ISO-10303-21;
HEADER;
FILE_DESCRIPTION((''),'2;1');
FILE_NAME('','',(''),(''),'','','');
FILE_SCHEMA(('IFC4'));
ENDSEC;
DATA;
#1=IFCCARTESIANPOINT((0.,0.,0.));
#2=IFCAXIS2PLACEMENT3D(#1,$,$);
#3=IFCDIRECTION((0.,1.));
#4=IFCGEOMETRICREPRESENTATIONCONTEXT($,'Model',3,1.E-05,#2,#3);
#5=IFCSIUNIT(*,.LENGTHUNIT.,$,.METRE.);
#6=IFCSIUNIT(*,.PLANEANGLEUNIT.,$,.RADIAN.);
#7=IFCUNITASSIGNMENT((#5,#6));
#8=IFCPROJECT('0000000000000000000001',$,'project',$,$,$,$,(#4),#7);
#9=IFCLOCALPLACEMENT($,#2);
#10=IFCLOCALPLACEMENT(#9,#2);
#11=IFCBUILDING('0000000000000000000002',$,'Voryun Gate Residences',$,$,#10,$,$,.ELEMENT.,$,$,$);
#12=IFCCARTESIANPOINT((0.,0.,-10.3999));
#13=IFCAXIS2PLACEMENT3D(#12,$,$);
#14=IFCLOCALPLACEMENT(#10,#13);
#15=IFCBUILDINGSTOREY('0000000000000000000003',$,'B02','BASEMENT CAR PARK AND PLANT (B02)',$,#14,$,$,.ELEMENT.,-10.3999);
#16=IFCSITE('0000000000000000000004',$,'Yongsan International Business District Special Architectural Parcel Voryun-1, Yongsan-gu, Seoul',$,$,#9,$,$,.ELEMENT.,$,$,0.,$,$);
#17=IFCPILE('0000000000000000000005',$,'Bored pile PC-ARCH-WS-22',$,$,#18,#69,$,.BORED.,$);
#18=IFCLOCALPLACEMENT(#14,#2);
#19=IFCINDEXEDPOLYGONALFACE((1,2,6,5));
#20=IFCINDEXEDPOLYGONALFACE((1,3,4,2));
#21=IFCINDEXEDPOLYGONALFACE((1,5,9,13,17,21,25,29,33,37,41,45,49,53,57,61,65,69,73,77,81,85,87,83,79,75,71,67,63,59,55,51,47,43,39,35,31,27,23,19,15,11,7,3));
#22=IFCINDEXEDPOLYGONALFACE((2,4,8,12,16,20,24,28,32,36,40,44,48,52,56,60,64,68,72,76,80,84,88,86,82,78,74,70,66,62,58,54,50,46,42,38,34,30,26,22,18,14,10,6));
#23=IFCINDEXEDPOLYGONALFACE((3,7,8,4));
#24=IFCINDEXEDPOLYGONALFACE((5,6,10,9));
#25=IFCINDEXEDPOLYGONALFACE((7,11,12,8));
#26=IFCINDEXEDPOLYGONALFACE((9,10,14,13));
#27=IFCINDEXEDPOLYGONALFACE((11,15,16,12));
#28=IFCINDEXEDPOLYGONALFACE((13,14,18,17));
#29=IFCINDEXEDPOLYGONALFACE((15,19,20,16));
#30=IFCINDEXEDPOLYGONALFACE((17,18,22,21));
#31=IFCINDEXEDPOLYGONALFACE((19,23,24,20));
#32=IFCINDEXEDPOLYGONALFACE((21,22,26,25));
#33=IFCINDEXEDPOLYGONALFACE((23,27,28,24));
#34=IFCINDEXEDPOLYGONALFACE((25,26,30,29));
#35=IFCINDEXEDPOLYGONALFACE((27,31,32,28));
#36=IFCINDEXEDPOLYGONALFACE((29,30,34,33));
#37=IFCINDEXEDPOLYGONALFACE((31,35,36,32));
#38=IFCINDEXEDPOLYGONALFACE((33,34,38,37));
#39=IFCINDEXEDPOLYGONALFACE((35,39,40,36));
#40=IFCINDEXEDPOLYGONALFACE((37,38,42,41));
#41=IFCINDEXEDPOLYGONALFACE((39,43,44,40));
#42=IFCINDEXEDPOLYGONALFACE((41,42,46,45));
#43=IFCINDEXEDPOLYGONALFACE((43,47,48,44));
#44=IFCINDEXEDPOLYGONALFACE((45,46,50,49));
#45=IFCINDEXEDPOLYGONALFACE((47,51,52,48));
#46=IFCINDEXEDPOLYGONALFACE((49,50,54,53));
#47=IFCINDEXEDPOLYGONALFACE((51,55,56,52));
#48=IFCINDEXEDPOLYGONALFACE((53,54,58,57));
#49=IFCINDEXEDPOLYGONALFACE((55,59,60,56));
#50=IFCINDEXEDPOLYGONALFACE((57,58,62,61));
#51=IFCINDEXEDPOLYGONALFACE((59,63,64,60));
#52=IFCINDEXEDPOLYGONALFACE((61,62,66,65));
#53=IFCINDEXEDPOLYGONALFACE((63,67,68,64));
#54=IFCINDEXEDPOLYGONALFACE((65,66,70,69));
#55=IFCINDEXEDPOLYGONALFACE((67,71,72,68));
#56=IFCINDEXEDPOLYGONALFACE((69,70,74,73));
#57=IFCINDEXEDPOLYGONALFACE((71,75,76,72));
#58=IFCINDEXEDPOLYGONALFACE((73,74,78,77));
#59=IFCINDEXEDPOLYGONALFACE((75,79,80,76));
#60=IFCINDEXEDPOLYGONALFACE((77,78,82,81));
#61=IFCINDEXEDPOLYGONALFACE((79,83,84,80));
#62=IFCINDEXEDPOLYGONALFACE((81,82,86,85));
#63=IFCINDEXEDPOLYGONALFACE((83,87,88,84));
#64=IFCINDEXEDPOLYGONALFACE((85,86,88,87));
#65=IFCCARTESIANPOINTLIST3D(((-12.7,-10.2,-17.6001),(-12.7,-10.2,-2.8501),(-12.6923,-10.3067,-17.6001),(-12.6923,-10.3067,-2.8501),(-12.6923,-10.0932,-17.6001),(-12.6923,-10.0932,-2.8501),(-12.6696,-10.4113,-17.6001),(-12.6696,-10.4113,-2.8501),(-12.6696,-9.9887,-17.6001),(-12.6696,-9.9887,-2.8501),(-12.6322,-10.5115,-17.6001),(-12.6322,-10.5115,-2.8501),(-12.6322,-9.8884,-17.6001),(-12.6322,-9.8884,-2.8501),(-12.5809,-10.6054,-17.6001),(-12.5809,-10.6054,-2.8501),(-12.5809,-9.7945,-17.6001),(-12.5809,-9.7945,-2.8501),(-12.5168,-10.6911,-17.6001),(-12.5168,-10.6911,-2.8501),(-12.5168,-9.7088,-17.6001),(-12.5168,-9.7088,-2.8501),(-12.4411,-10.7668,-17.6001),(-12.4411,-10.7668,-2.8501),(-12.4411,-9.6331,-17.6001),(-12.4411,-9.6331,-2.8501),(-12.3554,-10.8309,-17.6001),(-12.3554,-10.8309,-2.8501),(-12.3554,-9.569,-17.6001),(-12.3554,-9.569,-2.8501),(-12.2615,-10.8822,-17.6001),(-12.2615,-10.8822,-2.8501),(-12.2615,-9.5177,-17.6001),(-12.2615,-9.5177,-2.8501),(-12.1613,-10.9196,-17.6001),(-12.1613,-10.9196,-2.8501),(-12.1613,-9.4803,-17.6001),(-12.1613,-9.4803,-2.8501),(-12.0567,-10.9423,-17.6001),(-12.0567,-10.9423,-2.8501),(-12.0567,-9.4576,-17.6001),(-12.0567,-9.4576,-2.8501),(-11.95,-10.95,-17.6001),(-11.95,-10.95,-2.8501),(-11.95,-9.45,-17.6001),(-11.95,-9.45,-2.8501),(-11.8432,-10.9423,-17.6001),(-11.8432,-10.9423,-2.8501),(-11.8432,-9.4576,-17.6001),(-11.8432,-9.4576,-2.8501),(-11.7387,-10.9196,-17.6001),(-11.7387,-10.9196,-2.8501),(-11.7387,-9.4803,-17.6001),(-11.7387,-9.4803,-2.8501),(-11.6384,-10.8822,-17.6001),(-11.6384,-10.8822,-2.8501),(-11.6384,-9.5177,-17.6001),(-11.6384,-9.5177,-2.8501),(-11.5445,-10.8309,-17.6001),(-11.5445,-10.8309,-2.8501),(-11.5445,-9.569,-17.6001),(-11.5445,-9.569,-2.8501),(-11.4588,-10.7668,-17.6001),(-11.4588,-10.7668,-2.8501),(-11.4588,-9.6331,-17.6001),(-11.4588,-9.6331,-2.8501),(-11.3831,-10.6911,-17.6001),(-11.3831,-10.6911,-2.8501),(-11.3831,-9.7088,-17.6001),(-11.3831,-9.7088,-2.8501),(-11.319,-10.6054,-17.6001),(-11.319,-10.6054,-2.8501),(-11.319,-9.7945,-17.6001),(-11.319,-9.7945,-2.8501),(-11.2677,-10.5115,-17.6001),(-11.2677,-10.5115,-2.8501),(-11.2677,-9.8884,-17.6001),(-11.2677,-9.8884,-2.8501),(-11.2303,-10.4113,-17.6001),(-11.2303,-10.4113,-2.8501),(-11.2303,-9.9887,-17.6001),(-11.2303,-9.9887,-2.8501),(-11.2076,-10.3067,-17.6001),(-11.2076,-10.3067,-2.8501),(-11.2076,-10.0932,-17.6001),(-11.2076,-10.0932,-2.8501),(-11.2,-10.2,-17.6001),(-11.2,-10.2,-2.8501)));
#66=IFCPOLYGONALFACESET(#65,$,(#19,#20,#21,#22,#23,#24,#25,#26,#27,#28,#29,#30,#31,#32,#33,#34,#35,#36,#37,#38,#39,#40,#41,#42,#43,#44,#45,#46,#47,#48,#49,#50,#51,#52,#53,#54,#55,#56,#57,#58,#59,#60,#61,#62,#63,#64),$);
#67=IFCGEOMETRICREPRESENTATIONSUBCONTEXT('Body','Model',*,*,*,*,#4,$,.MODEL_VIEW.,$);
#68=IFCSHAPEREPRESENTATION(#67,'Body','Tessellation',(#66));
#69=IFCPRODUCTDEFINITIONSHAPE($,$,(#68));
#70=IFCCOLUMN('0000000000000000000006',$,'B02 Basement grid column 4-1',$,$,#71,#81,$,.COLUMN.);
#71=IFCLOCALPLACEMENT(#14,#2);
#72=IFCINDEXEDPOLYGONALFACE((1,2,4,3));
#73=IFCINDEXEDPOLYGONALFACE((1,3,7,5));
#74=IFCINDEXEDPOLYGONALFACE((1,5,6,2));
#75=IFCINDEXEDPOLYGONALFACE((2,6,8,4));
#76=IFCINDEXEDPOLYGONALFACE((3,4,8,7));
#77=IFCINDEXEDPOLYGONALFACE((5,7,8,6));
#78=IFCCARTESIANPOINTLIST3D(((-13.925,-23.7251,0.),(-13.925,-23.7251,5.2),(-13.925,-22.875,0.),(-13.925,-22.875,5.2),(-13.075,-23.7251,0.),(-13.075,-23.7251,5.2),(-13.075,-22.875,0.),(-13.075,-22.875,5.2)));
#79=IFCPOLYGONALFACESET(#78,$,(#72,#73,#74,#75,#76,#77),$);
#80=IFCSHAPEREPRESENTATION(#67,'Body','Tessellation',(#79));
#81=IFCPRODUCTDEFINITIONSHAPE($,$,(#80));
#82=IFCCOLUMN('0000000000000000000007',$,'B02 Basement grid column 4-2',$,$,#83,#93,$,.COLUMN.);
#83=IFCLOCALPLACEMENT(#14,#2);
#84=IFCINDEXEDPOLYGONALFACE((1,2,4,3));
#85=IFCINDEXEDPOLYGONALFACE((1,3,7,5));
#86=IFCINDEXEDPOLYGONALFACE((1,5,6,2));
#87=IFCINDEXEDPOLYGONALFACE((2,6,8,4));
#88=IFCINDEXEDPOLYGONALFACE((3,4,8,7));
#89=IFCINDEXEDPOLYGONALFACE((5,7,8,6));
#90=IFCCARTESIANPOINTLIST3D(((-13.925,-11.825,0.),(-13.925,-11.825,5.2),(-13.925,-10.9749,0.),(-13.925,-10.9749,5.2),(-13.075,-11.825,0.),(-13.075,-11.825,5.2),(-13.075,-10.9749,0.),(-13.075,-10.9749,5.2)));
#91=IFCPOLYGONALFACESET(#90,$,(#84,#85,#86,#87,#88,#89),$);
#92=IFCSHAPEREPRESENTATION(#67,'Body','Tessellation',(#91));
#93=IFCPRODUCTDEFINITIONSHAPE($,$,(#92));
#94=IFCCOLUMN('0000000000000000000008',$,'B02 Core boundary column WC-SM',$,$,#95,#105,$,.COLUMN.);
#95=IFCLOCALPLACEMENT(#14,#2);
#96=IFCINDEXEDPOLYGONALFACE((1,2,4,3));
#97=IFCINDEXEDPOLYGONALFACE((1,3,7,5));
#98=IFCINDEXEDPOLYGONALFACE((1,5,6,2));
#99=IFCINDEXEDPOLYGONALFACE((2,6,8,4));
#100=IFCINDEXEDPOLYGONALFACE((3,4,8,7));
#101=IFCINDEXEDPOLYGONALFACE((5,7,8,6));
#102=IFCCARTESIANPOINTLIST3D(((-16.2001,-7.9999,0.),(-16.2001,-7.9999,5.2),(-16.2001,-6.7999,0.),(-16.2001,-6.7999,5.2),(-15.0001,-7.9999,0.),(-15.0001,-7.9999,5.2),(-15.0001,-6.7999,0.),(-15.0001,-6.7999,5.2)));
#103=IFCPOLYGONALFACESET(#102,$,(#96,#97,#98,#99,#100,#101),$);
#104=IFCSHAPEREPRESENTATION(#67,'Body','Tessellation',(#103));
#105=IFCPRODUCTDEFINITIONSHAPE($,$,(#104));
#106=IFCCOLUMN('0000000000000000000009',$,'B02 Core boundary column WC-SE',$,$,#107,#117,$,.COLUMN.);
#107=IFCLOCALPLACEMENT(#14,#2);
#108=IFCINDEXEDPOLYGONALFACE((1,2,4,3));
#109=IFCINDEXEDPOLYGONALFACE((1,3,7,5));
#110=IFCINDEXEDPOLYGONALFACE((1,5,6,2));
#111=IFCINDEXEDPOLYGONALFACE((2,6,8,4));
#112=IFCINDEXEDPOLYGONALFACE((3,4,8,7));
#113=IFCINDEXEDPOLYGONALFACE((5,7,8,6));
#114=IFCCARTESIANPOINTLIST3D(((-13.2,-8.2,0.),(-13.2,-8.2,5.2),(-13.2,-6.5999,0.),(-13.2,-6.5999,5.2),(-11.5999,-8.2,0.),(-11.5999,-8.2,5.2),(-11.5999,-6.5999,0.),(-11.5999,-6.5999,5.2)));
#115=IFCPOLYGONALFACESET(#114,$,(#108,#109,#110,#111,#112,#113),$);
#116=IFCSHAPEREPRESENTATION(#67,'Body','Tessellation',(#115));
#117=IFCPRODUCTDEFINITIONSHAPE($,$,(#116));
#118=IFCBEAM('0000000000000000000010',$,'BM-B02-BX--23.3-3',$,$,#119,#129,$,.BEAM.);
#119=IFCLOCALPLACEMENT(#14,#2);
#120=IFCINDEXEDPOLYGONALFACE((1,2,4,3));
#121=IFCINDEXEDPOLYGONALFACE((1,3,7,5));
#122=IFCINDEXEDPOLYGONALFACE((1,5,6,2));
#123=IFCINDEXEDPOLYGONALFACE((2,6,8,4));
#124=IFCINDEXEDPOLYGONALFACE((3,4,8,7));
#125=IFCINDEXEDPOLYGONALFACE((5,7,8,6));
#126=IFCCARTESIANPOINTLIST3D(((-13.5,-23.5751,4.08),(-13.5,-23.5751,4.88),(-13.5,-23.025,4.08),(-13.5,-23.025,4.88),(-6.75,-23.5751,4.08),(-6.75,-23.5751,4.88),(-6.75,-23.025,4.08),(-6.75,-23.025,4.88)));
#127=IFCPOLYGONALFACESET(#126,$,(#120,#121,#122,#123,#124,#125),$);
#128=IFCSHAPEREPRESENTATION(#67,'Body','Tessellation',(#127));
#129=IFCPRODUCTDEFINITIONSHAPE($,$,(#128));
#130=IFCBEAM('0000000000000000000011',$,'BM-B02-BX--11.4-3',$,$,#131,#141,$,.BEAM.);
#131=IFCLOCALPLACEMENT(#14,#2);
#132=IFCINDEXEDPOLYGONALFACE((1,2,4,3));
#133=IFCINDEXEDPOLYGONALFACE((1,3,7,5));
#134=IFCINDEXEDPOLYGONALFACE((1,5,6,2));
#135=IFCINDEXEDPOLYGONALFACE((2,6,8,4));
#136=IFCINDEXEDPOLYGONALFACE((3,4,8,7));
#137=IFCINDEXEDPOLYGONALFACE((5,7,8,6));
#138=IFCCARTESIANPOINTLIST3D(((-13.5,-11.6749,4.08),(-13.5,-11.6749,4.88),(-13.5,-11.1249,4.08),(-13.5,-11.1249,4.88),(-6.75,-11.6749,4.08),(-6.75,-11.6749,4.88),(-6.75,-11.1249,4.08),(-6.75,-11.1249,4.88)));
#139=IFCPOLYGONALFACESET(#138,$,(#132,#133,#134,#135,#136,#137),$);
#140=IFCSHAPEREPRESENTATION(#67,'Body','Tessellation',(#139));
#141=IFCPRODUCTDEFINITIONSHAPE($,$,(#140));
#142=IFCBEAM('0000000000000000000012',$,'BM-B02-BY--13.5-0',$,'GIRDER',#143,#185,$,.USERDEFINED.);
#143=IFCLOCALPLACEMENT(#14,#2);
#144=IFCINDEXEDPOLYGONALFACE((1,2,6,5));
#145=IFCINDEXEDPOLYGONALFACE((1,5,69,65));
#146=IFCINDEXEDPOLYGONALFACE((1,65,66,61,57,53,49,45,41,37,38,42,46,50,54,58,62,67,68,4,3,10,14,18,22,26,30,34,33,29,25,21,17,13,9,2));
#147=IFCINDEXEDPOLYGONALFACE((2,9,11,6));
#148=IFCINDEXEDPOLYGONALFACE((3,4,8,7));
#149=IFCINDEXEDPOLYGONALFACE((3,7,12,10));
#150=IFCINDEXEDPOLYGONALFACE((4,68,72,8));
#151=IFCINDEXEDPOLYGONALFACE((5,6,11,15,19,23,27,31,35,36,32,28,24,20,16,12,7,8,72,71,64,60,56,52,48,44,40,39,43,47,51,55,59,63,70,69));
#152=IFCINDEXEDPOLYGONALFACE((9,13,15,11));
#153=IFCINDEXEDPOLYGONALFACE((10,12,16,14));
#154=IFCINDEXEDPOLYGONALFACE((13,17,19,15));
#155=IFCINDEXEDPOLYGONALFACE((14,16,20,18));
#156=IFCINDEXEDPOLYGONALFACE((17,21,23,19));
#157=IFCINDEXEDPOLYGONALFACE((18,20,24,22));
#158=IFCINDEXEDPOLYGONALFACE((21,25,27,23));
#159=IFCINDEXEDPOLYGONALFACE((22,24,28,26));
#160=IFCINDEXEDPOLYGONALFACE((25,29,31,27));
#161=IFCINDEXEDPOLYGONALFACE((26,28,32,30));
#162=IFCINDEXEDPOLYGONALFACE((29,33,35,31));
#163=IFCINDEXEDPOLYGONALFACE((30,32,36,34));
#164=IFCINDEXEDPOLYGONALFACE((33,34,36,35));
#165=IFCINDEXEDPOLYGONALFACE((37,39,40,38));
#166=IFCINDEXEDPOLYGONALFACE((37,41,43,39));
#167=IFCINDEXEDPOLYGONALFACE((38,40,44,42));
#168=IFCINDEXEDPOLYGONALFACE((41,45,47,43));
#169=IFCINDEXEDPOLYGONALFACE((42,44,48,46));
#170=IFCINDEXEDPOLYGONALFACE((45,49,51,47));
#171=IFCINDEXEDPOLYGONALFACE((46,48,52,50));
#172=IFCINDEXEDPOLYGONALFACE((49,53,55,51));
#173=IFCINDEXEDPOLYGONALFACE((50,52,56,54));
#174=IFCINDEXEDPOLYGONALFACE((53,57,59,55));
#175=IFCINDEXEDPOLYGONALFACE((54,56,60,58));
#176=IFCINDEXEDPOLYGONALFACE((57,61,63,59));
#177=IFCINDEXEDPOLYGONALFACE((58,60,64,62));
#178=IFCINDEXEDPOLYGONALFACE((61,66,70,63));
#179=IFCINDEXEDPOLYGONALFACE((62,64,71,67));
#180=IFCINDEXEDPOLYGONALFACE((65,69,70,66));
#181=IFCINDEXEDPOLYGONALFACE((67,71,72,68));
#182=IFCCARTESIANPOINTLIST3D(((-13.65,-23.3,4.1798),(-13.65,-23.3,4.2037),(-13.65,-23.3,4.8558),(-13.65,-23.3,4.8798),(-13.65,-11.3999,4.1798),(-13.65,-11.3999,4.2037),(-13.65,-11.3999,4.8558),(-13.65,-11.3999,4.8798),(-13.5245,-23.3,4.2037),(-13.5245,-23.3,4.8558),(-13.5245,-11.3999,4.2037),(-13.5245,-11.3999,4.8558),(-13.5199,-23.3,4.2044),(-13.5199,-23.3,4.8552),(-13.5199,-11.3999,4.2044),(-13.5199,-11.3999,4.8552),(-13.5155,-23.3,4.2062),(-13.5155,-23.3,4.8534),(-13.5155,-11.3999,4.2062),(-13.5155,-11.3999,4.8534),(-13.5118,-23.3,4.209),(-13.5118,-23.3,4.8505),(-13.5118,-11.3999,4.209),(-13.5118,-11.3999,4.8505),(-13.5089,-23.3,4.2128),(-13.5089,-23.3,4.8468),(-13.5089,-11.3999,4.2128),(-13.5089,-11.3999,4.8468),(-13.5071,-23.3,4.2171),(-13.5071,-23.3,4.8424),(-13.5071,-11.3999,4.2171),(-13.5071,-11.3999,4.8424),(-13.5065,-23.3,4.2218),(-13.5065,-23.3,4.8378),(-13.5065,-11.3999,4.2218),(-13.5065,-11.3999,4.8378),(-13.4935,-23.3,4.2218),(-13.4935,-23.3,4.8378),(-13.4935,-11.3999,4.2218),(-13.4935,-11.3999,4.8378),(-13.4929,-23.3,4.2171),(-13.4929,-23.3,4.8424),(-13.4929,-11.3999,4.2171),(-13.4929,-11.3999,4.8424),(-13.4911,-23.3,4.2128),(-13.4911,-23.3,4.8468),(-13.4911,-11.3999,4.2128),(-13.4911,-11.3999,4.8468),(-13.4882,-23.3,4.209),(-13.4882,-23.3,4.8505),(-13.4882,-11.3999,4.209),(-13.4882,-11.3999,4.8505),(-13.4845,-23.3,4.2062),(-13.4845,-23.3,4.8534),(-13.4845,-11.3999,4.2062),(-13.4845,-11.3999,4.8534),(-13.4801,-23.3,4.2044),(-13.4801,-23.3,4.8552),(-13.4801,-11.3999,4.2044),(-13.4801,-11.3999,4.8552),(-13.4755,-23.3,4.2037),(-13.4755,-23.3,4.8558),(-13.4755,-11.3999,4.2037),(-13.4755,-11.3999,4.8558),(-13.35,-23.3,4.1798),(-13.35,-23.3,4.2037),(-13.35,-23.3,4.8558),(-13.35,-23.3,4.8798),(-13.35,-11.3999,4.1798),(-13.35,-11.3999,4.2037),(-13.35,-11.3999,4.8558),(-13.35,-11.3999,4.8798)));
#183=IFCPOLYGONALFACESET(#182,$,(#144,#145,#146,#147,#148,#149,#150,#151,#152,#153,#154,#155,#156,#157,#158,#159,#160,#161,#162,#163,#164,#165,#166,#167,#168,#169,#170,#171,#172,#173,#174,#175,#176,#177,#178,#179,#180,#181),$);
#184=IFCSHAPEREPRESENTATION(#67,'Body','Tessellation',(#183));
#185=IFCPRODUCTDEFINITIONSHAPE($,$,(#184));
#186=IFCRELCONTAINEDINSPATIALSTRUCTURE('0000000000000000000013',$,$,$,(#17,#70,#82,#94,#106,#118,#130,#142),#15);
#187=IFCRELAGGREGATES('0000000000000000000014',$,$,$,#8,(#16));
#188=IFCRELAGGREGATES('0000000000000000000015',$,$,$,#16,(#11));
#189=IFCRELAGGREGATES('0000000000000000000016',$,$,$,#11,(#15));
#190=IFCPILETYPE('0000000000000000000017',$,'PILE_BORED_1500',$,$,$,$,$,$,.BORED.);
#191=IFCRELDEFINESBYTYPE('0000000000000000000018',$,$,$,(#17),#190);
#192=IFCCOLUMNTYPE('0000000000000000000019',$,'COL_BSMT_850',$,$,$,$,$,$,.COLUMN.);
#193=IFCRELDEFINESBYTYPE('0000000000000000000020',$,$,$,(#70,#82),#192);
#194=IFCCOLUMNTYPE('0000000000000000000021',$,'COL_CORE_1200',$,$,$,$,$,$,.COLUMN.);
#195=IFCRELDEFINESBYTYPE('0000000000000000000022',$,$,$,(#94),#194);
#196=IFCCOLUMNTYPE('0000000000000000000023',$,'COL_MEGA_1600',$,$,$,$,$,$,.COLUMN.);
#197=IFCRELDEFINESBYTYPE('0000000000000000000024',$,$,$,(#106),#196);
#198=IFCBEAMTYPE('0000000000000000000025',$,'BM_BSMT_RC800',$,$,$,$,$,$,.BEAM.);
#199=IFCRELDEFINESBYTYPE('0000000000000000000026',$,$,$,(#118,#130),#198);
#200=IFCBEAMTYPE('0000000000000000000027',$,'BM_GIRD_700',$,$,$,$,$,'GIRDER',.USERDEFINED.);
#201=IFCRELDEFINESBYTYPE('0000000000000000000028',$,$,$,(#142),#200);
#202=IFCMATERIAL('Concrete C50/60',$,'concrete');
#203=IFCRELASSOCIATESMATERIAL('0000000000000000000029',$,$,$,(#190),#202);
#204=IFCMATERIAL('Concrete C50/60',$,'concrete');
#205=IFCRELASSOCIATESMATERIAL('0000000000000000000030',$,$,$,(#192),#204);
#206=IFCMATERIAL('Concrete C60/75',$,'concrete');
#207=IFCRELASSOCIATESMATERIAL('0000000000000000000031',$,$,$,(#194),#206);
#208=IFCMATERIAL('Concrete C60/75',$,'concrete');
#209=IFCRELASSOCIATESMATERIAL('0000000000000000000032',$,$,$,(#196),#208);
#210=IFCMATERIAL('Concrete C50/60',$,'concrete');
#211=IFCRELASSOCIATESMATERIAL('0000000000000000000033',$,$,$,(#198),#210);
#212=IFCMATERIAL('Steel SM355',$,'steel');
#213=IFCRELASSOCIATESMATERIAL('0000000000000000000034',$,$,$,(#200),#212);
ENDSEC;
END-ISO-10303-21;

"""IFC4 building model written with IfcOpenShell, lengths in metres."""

from ifc_helpers import new_model, si_unit, direction, frame, origin, origin_2d, place, context, subcontext, project, spatial, rectangle, circle, i_section, extrude, material, material_profile, profile_set, type_object, element, save


model = new_model("IFC4")

# Units and contexts
model_context = context("Model", 3, precision=1e-05, world=origin(), true_north=direction((0.0, 1.0)))
body_context = subcontext(model_context, "Body", "Model", "MODEL_VIEW")
ifc_project = project(units=[si_unit("LENGTHUNIT", "METRE"), si_unit("PLANEANGLEUNIT", "RADIAN")], contexts=[model_context])

# Site, building, storey
site_placement = place(None, origin())
site = spatial("IfcSite", under=ifc_project, at=site_placement, Name="Yongsan International Business District Special Architectural Parcel Voryun-1, Yongsan-gu, Seoul", CompositionType="ELEMENT", RefElevation=0.0)
building_placement = place(site_placement, origin())
building = spatial("IfcBuilding", under=site, at=building_placement, Name="Voryun Gate Residences", CompositionType="ELEMENT")
storey_placement = place(building_placement, frame((0.0, 0.0, -10.3999)))
storey = spatial("IfcBuildingStorey", under=building, at=storey_placement, Name="B02", Description="BASEMENT CAR PARK AND PLANT (B02)", CompositionType="ELEMENT", Elevation=-10.3999)

# Pile
ifc_material_1 = material(Name="Concrete C50/60", Category="concrete")
ifc_material_profile_1 = material_profile(ifc_material_1, circle(Radius=0.75, at=origin_2d()), Name="PILE-D1500")
ifc_profile_set_1 = profile_set([ifc_material_profile_1], Name="Concrete C50/60")
pile_type = type_object("IfcPileType", Name="PILE_BORED_1500", PredefinedType="BORED", material=ifc_profile_set_1)
for number, where, z_axis, x_axis, name in (
    (1, (-11.95, -10.2, -2.8501), (0.0, 0.0, -1.0), (1.0, 0.0, 0.0), "Bored pile PC-ARCH-WS-22"),
):
    element("IfcPile", number, at=place(storey_placement, frame(where, z_axis=z_axis, x_axis=x_axis)), inside=storey, type_object=pile_type, Name=name, PredefinedType="BORED", context=body_context, shape_type="SweptSolid", body=[
        extrude(circle(Radius=0.75, at=origin_2d()), origin(), (0.0, 0.0, 1.0), 14.75),
    ])

# Columns
ifc_material_2 = material(Name="Concrete C50/60", Category="concrete")
ifc_material_profile_2 = material_profile(ifc_material_2, rectangle(XDim=0.8501, YDim=0.8501, at=origin_2d()), Name="RC-850x850")
ifc_profile_set_2 = profile_set([ifc_material_profile_2], Name="Concrete C50/60")
column_type_1 = type_object("IfcColumnType", Name="COL_BSMT_850", PredefinedType="COLUMN", material=ifc_profile_set_2)
for number, where, z_axis, x_axis, name in (
    (2, (-13.5, -23.3, 0.0), (0.0, 0.0, 1.0), (1.0, 0.0, 0.0), "B02 Basement grid column 4-1"),
    (3, (-13.5, -11.3999, 0.0), (0.0, 0.0, 1.0), (1.0, 0.0, 0.0), "B02 Basement grid column 4-2"),
):
    element("IfcColumn", number, at=place(storey_placement, frame(where, z_axis=z_axis, x_axis=x_axis)), inside=storey, type_object=column_type_1, Name=name, PredefinedType="COLUMN", context=body_context, shape_type="SweptSolid", body=[
        extrude(rectangle(XDim=0.8501, YDim=0.8501, at=origin_2d()), origin(), (0.0, 0.0, 1.0), 5.2),
    ])
ifc_material_3 = material(Name="Concrete C60/75", Category="concrete")
ifc_material_profile_3 = material_profile(ifc_material_3, rectangle(XDim=1.2, YDim=1.2, at=origin_2d()), Name="RC-1200x1200")
ifc_profile_set_3 = profile_set([ifc_material_profile_3], Name="Concrete C60/75")
column_type_2 = type_object("IfcColumnType", Name="COL_CORE_1200", PredefinedType="COLUMN", material=ifc_profile_set_3)
column_1_placement = place(storey_placement, frame((-15.6001, -7.3999, 0.0), z_axis=(0.0, 0.0, 1.0), x_axis=(1.0, 0.0, 0.0)))
element("IfcColumn", 4, at=column_1_placement, inside=storey, type_object=column_type_2, Name="B02 Core boundary column WC-SM", PredefinedType="COLUMN", context=body_context, shape_type="SweptSolid", body=[
    extrude(rectangle(XDim=1.2, YDim=1.2, at=origin_2d()), origin(), (0.0, 0.0, 1.0), 5.2),
])
ifc_material_4 = material(Name="Concrete C60/75", Category="concrete")
ifc_material_profile_4 = material_profile(ifc_material_4, rectangle(XDim=1.6001, YDim=1.6001, at=origin_2d()), Name="RC-1600x1600")
ifc_profile_set_4 = profile_set([ifc_material_profile_4], Name="Concrete C60/75")
column_type_3 = type_object("IfcColumnType", Name="COL_MEGA_1600", PredefinedType="COLUMN", material=ifc_profile_set_4)
column_2_placement = place(storey_placement, frame((-12.3999, -7.3999, 0.0), z_axis=(0.0, 0.0, 1.0), x_axis=(1.0, 0.0, 0.0)))
element("IfcColumn", 5, at=column_2_placement, inside=storey, type_object=column_type_3, Name="B02 Core boundary column WC-SE", PredefinedType="COLUMN", context=body_context, shape_type="SweptSolid", body=[
    extrude(rectangle(XDim=1.6001, YDim=1.6001, at=origin_2d()), origin(), (0.0, 0.0, 1.0), 5.2),
])

# Beams
ifc_material_5 = material(Name="Concrete C50/60", Category="concrete")
ifc_material_profile_5 = material_profile(ifc_material_5, rectangle(XDim=0.55, YDim=0.8, at=origin_2d()), Name="RC-550x800")
ifc_profile_set_5 = profile_set([ifc_material_profile_5], Name="Concrete C50/60")
beam_type_1 = type_object("IfcBeamType", Name="BM_BSMT_RC800", PredefinedType="BEAM", material=ifc_profile_set_5)
for number, where, z_axis, x_axis, name in (
    (6, (-13.5, -23.3, 4.48), (1.0, 0.0, 0.0), (0.0, 1.0, 0.0), "BM-B02-BX--23.3-3"),
    (7, (-13.5, -11.3999, 4.48), (1.0, 0.0, 0.0), (0.0, 1.0, 0.0), "BM-B02-BX--11.4-3"),
):
    element("IfcBeam", number, at=place(storey_placement, frame(where, z_axis=z_axis, x_axis=x_axis)), inside=storey, type_object=beam_type_1, Name=name, PredefinedType="BEAM", context=body_context, shape_type="SweptSolid", body=[
        extrude(rectangle(XDim=0.55, YDim=0.8, at=origin_2d()), origin(), (0.0, 0.0, 1.0), 6.75),
    ])
ifc_material_6 = material(Name="Steel SM355", Category="steel")
ifc_material_profile_6 = material_profile(ifc_material_6, i_section(OverallWidth=0.3, OverallDepth=0.7, WebThickness=0.0129, FlangeThickness=0.0239, FilletRadius=0.0181, at=origin_2d()), Name="H-700x300x13x24")
ifc_profile_set_6 = profile_set([ifc_material_profile_6], Name="Steel SM355")
beam_type_2 = type_object("IfcBeamType", Name="BM_GIRD_700", ElementType="GIRDER", PredefinedType="USERDEFINED", material=ifc_profile_set_6)
beam_1_placement = place(storey_placement, frame((-13.5, -23.3, 4.5298), z_axis=(0.0, 1.0, 0.0), x_axis=(-1.0, 0.0, 0.0)))
element("IfcBeam", 8, at=beam_1_placement, inside=storey, type_object=beam_type_2, Name="BM-B02-BY--13.5-0", ObjectType="GIRDER", PredefinedType="USERDEFINED", context=body_context, shape_type="SweptSolid", body=[
    extrude(i_section(OverallWidth=0.3, OverallDepth=0.7, WebThickness=0.0129, FlangeThickness=0.0239, FilletRadius=0.0181, at=origin_2d()), origin(), (0.0, 0.0, 1.0), 11.9001),
])

save(model, "model.ifc")
